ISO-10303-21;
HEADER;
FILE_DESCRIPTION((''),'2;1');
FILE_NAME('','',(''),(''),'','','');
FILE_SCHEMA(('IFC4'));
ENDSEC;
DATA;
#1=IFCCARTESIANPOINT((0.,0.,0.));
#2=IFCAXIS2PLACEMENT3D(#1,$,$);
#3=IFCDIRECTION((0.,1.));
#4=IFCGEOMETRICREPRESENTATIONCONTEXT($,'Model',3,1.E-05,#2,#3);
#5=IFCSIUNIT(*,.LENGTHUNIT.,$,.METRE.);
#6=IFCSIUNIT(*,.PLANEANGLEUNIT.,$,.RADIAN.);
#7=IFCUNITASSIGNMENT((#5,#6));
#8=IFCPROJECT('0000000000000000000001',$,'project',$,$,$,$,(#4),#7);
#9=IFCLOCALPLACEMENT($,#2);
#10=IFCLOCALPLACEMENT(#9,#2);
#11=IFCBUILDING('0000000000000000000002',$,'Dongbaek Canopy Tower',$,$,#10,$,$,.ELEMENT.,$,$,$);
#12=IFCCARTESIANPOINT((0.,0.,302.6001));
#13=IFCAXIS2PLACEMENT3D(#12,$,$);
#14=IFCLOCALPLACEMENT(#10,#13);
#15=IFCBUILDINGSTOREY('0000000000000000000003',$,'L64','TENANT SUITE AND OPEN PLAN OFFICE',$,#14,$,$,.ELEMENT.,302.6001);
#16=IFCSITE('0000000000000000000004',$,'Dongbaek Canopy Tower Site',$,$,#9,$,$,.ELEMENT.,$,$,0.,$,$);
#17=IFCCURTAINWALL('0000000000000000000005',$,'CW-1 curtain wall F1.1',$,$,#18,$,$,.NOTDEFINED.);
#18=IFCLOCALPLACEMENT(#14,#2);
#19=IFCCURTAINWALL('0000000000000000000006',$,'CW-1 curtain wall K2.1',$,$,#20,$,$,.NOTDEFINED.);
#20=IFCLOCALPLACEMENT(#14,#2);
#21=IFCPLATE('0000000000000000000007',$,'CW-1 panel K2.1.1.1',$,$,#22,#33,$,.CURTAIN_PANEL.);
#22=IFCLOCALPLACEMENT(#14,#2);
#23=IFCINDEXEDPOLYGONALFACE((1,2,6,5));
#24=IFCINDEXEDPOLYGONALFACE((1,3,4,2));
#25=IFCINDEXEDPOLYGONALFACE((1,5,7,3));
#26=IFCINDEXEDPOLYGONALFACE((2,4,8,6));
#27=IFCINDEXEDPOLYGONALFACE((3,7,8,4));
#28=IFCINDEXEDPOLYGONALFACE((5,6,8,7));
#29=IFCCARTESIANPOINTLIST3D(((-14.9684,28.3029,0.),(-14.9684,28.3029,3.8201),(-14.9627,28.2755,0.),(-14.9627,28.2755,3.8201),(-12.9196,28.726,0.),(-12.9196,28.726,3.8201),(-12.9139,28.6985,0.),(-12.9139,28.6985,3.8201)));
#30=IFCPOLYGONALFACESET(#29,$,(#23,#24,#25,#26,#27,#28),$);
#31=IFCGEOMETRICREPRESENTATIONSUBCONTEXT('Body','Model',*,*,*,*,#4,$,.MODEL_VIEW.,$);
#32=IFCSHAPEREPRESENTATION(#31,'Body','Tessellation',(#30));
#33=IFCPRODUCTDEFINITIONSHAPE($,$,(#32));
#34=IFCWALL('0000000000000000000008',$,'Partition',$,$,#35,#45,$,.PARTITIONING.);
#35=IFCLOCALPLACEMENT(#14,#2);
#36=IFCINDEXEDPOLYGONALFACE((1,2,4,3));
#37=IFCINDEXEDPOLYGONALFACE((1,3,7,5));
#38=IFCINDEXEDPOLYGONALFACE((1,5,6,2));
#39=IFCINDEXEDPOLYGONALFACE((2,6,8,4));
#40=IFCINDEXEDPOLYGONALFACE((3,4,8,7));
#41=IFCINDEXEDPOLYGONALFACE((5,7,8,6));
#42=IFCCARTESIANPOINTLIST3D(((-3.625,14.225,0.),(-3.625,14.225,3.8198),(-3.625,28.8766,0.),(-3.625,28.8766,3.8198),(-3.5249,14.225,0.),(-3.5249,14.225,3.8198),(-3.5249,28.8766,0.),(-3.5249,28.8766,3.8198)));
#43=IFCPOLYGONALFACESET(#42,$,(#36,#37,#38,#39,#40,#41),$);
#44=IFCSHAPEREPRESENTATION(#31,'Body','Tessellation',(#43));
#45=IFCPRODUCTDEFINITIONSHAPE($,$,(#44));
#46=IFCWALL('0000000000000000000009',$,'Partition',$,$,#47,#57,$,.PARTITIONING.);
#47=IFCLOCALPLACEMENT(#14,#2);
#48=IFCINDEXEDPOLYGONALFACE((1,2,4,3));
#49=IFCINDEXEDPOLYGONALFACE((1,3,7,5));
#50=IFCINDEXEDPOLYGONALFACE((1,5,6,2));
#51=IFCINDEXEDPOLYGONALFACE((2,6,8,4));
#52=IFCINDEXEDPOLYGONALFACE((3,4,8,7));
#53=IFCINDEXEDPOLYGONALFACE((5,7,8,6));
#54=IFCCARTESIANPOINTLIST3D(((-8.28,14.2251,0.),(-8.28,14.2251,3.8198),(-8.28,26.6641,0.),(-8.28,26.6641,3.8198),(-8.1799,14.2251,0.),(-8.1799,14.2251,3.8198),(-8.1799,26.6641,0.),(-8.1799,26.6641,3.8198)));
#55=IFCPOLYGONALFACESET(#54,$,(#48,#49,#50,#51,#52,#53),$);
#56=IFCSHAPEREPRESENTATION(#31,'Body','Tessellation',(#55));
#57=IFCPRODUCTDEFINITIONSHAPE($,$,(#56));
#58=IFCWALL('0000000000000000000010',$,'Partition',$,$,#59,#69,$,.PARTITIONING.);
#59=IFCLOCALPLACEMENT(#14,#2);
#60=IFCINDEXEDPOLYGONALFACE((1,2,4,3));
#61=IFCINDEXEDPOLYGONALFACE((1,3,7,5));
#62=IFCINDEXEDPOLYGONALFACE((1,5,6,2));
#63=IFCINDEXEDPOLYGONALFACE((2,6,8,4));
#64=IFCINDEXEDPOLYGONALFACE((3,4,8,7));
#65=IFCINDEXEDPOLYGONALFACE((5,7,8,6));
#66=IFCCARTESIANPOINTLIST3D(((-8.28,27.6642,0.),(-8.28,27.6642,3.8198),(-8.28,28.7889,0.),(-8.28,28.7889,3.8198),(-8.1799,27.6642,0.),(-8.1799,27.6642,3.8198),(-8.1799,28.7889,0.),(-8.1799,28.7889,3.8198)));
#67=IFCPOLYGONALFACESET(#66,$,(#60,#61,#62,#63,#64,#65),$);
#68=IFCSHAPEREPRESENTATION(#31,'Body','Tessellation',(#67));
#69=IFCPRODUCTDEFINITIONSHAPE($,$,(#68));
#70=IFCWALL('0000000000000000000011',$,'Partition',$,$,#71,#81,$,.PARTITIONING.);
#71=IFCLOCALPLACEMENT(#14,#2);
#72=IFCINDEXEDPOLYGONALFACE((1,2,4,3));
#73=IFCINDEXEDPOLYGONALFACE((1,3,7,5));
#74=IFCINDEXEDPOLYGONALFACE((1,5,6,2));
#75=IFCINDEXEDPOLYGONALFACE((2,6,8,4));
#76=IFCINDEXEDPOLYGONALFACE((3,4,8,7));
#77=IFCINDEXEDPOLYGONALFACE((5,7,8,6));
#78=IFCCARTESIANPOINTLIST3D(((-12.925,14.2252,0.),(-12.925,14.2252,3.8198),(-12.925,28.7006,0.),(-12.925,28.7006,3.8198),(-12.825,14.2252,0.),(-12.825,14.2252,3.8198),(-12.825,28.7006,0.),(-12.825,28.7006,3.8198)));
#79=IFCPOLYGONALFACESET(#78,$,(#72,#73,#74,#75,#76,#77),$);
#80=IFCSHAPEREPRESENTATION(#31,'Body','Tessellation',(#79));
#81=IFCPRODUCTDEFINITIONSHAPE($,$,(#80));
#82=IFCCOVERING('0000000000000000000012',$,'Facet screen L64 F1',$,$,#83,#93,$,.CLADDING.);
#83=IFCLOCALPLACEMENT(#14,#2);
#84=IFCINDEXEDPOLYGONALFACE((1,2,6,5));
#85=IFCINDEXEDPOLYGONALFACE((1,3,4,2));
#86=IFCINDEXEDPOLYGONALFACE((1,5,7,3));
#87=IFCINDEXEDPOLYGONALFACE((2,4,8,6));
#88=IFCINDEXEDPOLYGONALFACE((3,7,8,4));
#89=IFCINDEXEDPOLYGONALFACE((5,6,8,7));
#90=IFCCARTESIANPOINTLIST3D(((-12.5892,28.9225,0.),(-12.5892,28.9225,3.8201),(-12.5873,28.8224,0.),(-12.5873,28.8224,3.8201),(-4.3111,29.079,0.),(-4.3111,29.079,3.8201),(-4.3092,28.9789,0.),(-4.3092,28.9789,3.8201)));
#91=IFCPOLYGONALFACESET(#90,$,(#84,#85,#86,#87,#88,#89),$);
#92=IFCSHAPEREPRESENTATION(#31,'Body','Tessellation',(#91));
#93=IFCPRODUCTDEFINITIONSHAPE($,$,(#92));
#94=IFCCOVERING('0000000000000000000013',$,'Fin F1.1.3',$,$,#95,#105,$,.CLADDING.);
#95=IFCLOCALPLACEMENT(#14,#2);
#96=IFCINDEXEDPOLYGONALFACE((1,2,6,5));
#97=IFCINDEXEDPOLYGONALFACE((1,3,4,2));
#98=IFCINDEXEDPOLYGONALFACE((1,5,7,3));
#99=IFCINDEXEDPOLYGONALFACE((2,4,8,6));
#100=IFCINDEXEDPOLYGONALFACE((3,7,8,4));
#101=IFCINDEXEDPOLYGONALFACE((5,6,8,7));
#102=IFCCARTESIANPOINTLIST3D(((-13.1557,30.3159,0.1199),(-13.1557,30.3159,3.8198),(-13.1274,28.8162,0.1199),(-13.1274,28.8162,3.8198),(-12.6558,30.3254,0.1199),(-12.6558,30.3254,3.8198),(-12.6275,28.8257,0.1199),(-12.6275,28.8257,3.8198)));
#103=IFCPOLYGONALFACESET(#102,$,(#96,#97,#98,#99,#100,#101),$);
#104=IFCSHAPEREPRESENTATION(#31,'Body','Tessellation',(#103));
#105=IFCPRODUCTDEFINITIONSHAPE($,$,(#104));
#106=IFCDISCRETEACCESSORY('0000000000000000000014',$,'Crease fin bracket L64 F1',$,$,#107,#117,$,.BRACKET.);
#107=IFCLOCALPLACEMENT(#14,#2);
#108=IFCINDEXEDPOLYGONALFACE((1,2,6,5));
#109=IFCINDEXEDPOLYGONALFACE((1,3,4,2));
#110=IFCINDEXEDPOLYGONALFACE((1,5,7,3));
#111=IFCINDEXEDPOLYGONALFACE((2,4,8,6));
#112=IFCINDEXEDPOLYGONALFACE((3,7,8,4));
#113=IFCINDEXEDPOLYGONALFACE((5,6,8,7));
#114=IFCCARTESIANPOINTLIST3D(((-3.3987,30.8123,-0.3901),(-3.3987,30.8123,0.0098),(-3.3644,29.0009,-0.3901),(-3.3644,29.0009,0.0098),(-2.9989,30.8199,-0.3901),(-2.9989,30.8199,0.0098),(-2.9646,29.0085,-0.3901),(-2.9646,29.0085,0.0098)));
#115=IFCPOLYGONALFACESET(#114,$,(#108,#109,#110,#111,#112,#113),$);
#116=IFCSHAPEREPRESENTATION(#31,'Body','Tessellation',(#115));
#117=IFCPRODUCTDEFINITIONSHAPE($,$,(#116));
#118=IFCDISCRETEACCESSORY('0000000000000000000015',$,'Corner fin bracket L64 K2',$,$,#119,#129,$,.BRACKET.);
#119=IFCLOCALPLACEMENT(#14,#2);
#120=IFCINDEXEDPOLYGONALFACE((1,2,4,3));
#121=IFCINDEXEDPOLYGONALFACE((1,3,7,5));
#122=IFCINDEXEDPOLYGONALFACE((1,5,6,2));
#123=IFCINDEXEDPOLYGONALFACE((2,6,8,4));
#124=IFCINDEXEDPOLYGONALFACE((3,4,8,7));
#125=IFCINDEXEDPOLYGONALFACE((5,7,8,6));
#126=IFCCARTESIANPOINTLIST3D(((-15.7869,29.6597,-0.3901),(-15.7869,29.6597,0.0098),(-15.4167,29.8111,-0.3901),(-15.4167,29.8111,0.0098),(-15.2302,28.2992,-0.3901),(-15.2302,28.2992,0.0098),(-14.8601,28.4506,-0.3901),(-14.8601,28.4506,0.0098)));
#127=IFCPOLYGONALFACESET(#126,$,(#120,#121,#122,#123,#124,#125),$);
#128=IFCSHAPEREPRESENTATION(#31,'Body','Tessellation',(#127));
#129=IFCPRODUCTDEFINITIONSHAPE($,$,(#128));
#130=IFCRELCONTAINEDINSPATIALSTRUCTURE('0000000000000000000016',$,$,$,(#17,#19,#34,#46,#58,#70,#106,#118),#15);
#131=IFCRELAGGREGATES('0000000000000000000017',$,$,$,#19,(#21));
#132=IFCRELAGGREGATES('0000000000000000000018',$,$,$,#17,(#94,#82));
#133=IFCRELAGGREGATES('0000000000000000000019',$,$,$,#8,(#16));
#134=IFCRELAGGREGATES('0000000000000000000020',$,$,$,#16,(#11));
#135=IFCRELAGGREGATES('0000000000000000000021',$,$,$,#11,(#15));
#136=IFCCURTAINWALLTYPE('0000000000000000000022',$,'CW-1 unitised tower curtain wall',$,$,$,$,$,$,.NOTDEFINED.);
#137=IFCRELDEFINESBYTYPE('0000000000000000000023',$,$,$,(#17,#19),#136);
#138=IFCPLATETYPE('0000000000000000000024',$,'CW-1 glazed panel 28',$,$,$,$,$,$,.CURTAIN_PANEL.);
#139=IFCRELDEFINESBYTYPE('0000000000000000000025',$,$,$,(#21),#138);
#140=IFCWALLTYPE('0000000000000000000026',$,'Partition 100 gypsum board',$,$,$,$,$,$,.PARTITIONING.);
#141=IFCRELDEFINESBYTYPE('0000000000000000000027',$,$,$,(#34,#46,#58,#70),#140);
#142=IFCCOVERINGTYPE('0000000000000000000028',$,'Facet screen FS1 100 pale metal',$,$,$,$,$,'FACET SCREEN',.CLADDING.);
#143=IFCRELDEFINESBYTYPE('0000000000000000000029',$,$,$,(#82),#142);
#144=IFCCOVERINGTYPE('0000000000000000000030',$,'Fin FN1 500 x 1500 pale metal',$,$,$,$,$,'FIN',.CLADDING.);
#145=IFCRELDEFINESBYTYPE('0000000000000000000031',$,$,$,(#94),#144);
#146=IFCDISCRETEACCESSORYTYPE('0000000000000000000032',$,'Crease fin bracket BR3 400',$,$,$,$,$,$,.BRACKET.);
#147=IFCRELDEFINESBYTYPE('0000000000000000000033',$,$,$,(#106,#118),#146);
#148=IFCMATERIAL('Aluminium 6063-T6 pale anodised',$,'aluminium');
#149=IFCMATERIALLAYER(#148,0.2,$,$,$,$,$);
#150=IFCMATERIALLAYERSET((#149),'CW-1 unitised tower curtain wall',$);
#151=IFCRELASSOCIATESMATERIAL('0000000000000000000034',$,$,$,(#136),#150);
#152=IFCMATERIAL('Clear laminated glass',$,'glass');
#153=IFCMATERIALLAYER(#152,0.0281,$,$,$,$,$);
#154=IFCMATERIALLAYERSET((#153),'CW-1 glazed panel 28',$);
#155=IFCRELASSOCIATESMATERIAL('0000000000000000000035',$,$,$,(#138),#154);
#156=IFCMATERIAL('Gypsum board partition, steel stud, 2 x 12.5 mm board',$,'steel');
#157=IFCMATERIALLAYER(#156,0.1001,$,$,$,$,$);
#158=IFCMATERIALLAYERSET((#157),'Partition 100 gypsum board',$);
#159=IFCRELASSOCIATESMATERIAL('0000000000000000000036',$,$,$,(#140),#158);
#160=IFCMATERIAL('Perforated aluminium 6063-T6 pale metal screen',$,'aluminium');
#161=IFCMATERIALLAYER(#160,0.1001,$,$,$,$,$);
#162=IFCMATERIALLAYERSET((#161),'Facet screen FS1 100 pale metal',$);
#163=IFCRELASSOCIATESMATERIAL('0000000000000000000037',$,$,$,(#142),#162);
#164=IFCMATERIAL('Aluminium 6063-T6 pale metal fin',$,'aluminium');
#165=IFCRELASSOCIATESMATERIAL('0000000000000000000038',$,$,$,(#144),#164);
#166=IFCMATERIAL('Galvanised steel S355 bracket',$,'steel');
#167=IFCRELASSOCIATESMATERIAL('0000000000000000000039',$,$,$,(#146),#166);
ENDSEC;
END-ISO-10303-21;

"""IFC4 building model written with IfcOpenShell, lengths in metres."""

from ifc_helpers import new_model, si_unit, direction, frame, frame_2d, origin, origin_2d, place, context, subcontext, project, spatial, rectangle, extrude, material, layer, layer_set, material_profile, profile_set, type_object, element, aggregate, save


model = new_model("IFC4")

# Units and contexts
model_context = context("Model", 3, precision=1e-05, world=origin(), true_north=direction((0.0, 1.0)))
body_context = subcontext(model_context, "Body", "Model", "MODEL_VIEW")
ifc_project = project(units=[si_unit("LENGTHUNIT", "METRE"), si_unit("PLANEANGLEUNIT", "RADIAN")], contexts=[model_context])

# Site, building, storey
site_placement = place(None, origin())
site = spatial("IfcSite", under=ifc_project, at=site_placement, Name="Dongbaek Canopy Tower Site", CompositionType="ELEMENT", RefElevation=0.0)
building_placement = place(site_placement, origin())
building = spatial("IfcBuilding", under=site, at=building_placement, Name="Dongbaek Canopy Tower", CompositionType="ELEMENT")
storey_placement = place(building_placement, frame((0.0, 0.0, 302.6001)))
storey = spatial("IfcBuildingStorey", under=building, at=storey_placement, Name="L64", Description="TENANT SUITE AND OPEN PLAN OFFICE", CompositionType="ELEMENT", Elevation=302.6001)

# Curtain wall
ifc_material_1 = material(Name="Aluminium 6063-T6 pale anodised", Category="aluminium")
ifc_layer_1 = layer(ifc_material_1, 0.2)
ifc_layer_set_1 = layer_set([ifc_layer_1], Name="CW-1 unitised tower curtain wall")
curtain_wall_type = type_object("IfcCurtainWallType", Name="CW-1 unitised tower curtain wall", PredefinedType="NOTDEFINED", material=ifc_layer_set_1)
curtain_wall_1_placement = place(storey_placement, origin())
curtain_wall_1 = element("IfcCurtainWall", 1, at=curtain_wall_1_placement, inside=storey, type_object=curtain_wall_type, Name="CW-1 curtain wall F1.1", PredefinedType="NOTDEFINED")

# Curtain wall
curtain_wall_2_placement = place(storey_placement, origin())
curtain_wall_2 = element("IfcCurtainWall", 2, at=curtain_wall_2_placement, inside=storey, type_object=curtain_wall_type, Name="CW-1 curtain wall K2.1", PredefinedType="NOTDEFINED")

# Plate
ifc_material_2 = material(Name="Clear laminated glass", Category="glass")
ifc_layer_2 = layer(ifc_material_2, 0.0281)
ifc_layer_set_2 = layer_set([ifc_layer_2], Name="CW-1 glazed panel 28")
plate_type = type_object("IfcPlateType", Name="CW-1 glazed panel 28", PredefinedType="CURTAIN_PANEL", material=ifc_layer_set_2)
plate_1_placement = place(storey_placement, frame((-13.9412, 28.5007, 0.0), z_axis=(0.0, 0.0, 1.0), x_axis=(-0.979339, -0.202226, 0.0)))
plate_1 = element("IfcPlate", 3, at=plate_1_placement, type_object=plate_type, Name="CW-1 panel K2.1.1.1", PredefinedType="CURTAIN_PANEL", context=body_context, shape_type="SweptSolid", body=[
    extrude(rectangle(XDim=2.092, YDim=0.0281, at=origin_2d()), origin(), (0.0, 0.0, 1.0), 3.8201),
])
aggregate(curtain_wall_2, [plate_1])

# Walls
ifc_material_3 = material(Name="Gypsum board partition, steel stud, 2 x 12.5 mm board", Category="steel")
ifc_layer_3 = layer(ifc_material_3, 0.1001)
ifc_layer_set_3 = layer_set([ifc_layer_3], Name="Partition 100 gypsum board")
wall_type = type_object("IfcWallType", Name="Partition 100 gypsum board", PredefinedType="PARTITIONING", material=ifc_layer_set_3)
wall_1_placement = place(storey_placement, frame((-3.575, 14.2251, 0.0), z_axis=(0.0, 0.0, 1.0), x_axis=(0.0, 1.0, 0.0)))
element("IfcWall", 4, at=wall_1_placement, inside=storey, type_object=wall_type, Name="Partition", PredefinedType="PARTITIONING", context=body_context, shape_type="SweptSolid", body=[
    extrude(rectangle(XDim=14.6516, YDim=0.1001, at=frame_2d((7.3257, 0.0))), origin(), (0.0, 0.0, 1.0), 3.8198),
])
wall_2_placement = place(storey_placement, frame((-8.23, 14.2251, 0.0), z_axis=(0.0, 0.0, 1.0), x_axis=(0.0, 1.0, 0.0)))
element("IfcWall", 5, at=wall_2_placement, inside=storey, type_object=wall_type, Name="Partition", PredefinedType="PARTITIONING", context=body_context, shape_type="SweptSolid", body=[
    extrude(rectangle(XDim=12.439, YDim=0.1001, at=frame_2d((6.2195, 0.0))), origin(), (0.0, 0.0, 1.0), 3.8198),
])
wall_3_placement = place(storey_placement, frame((-8.23, 27.6641, 0.0), z_axis=(0.0, 0.0, 1.0), x_axis=(0.0, 1.0, 0.0)))
element("IfcWall", 6, at=wall_3_placement, inside=storey, type_object=wall_type, Name="Partition", PredefinedType="PARTITIONING", context=body_context, shape_type="SweptSolid", body=[
    extrude(rectangle(XDim=1.1248, YDim=0.1001, at=frame_2d((0.5625, 0.0))), origin(), (0.0, 0.0, 1.0), 3.8198),
])
wall_4_placement = place(storey_placement, frame((-12.875, 14.2251, 0.0), z_axis=(0.0, 0.0, 1.0), x_axis=(0.0, 1.0, 0.0)))
element("IfcWall", 7, at=wall_4_placement, inside=storey, type_object=wall_type, Name="Partition", PredefinedType="PARTITIONING", context=body_context, shape_type="SweptSolid", body=[
    extrude(rectangle(XDim=14.4753, YDim=0.1001, at=frame_2d((7.2378, 0.0))), origin(), (0.0, 0.0, 1.0), 3.8198),
])

# Coverings
ifc_material_4 = material(Name="Perforated aluminium 6063-T6 pale metal screen", Category="aluminium")
ifc_layer_4 = layer(ifc_material_4, 0.1001)
ifc_layer_set_4 = layer_set([ifc_layer_4], Name="Facet screen FS1 100 pale metal")
covering_type_1 = type_object("IfcCoveringType", Name="Facet screen FS1 100 pale metal", ElementType="FACET SCREEN", PredefinedType="CLADDING", material=ifc_layer_set_4)
covering_1_placement = place(storey_placement, frame((-8.4492, 28.9507, 0.0), z_axis=(0.0, 0.0, 1.0), x_axis=(-0.999821, -0.018904, 0.0)))
covering_1 = element("IfcCovering", 8, at=covering_1_placement, type_object=covering_type_1, Name="Facet screen L64 F1", PredefinedType="CLADDING", context=body_context, shape_type="SweptSolid", body=[
    extrude(rectangle(XDim=8.2795, YDim=0.1001, at=origin_2d()), origin(), (0.0, 0.0, 1.0), 3.8201),
])
ifc_material_5 = material(Name="Aluminium 6063-T6 pale metal fin", Category="aluminium")
ifc_material_profile_1 = material_profile(ifc_material_5, rectangle(XDim=1.5, YDim=0.5, at=origin_2d()), Name="Fin FN1 500 x 1500 pale metal")
ifc_profile_set_1 = profile_set([ifc_material_profile_1], Name="Aluminium 6063-T6 pale metal fin")
covering_type_2 = type_object("IfcCoveringType", Name="Fin FN1 500 x 1500 pale metal", ElementType="FIN", PredefinedType="CLADDING", material=ifc_profile_set_1)
covering_2_placement = place(storey_placement, frame((-12.8916, 29.5708, 0.1199), z_axis=(0.0, 0.0, 1.0), x_axis=(-0.018905, 0.999821, 0.0)))
covering_2 = element("IfcCovering", 9, at=covering_2_placement, type_object=covering_type_2, Name="Fin F1.1.3", PredefinedType="CLADDING", context=body_context, shape_type="SweptSolid", body=[
    extrude(rectangle(XDim=1.5, YDim=0.5, at=origin_2d()), origin(), (0.0, 0.0, 1.0), 3.7),
])
aggregate(curtain_wall_1, [covering_2, covering_1])

# Discrete accessories
ifc_material_6 = material(Name="Galvanised steel S355 bracket", Category="steel")
discrete_accessory_type = type_object("IfcDiscreteAccessoryType", Name="Crease fin bracket BR3 400", PredefinedType="BRACKET", material=ifc_material_6)
discrete_accessory_1_placement = place(storey_placement, frame((-3.1816, 29.9104, -0.3901), z_axis=(0.0, 0.0, 1.0), x_axis=(-0.018904, 0.999821, 0.0)))
element("IfcDiscreteAccessory", 10, at=discrete_accessory_1_placement, inside=storey, type_object=discrete_accessory_type, Name="Crease fin bracket L64 F1", PredefinedType="BRACKET", context=body_context, shape_type="SweptSolid", body=[
    extrude(rectangle(XDim=1.8118, YDim=0.3999, at=origin_2d()), origin(), (0.0, 0.0, 1.0), 0.3999),
])
discrete_accessory_2_placement = place(storey_placement, frame((-15.3235, 29.0552, -0.3901), z_axis=(0.0, 0.0, 1.0), x_axis=(-0.378666, 0.925533, 0.0)))
element("IfcDiscreteAccessory", 11, at=discrete_accessory_2_placement, inside=storey, type_object=discrete_accessory_type, Name="Corner fin bracket L64 K2", PredefinedType="BRACKET", context=body_context, shape_type="SweptSolid", body=[
    extrude(rectangle(XDim=1.47, YDim=0.3999, at=origin_2d()), origin(), (0.0, 0.0, 1.0), 0.3999),
])

save(model, "model.ifc")
